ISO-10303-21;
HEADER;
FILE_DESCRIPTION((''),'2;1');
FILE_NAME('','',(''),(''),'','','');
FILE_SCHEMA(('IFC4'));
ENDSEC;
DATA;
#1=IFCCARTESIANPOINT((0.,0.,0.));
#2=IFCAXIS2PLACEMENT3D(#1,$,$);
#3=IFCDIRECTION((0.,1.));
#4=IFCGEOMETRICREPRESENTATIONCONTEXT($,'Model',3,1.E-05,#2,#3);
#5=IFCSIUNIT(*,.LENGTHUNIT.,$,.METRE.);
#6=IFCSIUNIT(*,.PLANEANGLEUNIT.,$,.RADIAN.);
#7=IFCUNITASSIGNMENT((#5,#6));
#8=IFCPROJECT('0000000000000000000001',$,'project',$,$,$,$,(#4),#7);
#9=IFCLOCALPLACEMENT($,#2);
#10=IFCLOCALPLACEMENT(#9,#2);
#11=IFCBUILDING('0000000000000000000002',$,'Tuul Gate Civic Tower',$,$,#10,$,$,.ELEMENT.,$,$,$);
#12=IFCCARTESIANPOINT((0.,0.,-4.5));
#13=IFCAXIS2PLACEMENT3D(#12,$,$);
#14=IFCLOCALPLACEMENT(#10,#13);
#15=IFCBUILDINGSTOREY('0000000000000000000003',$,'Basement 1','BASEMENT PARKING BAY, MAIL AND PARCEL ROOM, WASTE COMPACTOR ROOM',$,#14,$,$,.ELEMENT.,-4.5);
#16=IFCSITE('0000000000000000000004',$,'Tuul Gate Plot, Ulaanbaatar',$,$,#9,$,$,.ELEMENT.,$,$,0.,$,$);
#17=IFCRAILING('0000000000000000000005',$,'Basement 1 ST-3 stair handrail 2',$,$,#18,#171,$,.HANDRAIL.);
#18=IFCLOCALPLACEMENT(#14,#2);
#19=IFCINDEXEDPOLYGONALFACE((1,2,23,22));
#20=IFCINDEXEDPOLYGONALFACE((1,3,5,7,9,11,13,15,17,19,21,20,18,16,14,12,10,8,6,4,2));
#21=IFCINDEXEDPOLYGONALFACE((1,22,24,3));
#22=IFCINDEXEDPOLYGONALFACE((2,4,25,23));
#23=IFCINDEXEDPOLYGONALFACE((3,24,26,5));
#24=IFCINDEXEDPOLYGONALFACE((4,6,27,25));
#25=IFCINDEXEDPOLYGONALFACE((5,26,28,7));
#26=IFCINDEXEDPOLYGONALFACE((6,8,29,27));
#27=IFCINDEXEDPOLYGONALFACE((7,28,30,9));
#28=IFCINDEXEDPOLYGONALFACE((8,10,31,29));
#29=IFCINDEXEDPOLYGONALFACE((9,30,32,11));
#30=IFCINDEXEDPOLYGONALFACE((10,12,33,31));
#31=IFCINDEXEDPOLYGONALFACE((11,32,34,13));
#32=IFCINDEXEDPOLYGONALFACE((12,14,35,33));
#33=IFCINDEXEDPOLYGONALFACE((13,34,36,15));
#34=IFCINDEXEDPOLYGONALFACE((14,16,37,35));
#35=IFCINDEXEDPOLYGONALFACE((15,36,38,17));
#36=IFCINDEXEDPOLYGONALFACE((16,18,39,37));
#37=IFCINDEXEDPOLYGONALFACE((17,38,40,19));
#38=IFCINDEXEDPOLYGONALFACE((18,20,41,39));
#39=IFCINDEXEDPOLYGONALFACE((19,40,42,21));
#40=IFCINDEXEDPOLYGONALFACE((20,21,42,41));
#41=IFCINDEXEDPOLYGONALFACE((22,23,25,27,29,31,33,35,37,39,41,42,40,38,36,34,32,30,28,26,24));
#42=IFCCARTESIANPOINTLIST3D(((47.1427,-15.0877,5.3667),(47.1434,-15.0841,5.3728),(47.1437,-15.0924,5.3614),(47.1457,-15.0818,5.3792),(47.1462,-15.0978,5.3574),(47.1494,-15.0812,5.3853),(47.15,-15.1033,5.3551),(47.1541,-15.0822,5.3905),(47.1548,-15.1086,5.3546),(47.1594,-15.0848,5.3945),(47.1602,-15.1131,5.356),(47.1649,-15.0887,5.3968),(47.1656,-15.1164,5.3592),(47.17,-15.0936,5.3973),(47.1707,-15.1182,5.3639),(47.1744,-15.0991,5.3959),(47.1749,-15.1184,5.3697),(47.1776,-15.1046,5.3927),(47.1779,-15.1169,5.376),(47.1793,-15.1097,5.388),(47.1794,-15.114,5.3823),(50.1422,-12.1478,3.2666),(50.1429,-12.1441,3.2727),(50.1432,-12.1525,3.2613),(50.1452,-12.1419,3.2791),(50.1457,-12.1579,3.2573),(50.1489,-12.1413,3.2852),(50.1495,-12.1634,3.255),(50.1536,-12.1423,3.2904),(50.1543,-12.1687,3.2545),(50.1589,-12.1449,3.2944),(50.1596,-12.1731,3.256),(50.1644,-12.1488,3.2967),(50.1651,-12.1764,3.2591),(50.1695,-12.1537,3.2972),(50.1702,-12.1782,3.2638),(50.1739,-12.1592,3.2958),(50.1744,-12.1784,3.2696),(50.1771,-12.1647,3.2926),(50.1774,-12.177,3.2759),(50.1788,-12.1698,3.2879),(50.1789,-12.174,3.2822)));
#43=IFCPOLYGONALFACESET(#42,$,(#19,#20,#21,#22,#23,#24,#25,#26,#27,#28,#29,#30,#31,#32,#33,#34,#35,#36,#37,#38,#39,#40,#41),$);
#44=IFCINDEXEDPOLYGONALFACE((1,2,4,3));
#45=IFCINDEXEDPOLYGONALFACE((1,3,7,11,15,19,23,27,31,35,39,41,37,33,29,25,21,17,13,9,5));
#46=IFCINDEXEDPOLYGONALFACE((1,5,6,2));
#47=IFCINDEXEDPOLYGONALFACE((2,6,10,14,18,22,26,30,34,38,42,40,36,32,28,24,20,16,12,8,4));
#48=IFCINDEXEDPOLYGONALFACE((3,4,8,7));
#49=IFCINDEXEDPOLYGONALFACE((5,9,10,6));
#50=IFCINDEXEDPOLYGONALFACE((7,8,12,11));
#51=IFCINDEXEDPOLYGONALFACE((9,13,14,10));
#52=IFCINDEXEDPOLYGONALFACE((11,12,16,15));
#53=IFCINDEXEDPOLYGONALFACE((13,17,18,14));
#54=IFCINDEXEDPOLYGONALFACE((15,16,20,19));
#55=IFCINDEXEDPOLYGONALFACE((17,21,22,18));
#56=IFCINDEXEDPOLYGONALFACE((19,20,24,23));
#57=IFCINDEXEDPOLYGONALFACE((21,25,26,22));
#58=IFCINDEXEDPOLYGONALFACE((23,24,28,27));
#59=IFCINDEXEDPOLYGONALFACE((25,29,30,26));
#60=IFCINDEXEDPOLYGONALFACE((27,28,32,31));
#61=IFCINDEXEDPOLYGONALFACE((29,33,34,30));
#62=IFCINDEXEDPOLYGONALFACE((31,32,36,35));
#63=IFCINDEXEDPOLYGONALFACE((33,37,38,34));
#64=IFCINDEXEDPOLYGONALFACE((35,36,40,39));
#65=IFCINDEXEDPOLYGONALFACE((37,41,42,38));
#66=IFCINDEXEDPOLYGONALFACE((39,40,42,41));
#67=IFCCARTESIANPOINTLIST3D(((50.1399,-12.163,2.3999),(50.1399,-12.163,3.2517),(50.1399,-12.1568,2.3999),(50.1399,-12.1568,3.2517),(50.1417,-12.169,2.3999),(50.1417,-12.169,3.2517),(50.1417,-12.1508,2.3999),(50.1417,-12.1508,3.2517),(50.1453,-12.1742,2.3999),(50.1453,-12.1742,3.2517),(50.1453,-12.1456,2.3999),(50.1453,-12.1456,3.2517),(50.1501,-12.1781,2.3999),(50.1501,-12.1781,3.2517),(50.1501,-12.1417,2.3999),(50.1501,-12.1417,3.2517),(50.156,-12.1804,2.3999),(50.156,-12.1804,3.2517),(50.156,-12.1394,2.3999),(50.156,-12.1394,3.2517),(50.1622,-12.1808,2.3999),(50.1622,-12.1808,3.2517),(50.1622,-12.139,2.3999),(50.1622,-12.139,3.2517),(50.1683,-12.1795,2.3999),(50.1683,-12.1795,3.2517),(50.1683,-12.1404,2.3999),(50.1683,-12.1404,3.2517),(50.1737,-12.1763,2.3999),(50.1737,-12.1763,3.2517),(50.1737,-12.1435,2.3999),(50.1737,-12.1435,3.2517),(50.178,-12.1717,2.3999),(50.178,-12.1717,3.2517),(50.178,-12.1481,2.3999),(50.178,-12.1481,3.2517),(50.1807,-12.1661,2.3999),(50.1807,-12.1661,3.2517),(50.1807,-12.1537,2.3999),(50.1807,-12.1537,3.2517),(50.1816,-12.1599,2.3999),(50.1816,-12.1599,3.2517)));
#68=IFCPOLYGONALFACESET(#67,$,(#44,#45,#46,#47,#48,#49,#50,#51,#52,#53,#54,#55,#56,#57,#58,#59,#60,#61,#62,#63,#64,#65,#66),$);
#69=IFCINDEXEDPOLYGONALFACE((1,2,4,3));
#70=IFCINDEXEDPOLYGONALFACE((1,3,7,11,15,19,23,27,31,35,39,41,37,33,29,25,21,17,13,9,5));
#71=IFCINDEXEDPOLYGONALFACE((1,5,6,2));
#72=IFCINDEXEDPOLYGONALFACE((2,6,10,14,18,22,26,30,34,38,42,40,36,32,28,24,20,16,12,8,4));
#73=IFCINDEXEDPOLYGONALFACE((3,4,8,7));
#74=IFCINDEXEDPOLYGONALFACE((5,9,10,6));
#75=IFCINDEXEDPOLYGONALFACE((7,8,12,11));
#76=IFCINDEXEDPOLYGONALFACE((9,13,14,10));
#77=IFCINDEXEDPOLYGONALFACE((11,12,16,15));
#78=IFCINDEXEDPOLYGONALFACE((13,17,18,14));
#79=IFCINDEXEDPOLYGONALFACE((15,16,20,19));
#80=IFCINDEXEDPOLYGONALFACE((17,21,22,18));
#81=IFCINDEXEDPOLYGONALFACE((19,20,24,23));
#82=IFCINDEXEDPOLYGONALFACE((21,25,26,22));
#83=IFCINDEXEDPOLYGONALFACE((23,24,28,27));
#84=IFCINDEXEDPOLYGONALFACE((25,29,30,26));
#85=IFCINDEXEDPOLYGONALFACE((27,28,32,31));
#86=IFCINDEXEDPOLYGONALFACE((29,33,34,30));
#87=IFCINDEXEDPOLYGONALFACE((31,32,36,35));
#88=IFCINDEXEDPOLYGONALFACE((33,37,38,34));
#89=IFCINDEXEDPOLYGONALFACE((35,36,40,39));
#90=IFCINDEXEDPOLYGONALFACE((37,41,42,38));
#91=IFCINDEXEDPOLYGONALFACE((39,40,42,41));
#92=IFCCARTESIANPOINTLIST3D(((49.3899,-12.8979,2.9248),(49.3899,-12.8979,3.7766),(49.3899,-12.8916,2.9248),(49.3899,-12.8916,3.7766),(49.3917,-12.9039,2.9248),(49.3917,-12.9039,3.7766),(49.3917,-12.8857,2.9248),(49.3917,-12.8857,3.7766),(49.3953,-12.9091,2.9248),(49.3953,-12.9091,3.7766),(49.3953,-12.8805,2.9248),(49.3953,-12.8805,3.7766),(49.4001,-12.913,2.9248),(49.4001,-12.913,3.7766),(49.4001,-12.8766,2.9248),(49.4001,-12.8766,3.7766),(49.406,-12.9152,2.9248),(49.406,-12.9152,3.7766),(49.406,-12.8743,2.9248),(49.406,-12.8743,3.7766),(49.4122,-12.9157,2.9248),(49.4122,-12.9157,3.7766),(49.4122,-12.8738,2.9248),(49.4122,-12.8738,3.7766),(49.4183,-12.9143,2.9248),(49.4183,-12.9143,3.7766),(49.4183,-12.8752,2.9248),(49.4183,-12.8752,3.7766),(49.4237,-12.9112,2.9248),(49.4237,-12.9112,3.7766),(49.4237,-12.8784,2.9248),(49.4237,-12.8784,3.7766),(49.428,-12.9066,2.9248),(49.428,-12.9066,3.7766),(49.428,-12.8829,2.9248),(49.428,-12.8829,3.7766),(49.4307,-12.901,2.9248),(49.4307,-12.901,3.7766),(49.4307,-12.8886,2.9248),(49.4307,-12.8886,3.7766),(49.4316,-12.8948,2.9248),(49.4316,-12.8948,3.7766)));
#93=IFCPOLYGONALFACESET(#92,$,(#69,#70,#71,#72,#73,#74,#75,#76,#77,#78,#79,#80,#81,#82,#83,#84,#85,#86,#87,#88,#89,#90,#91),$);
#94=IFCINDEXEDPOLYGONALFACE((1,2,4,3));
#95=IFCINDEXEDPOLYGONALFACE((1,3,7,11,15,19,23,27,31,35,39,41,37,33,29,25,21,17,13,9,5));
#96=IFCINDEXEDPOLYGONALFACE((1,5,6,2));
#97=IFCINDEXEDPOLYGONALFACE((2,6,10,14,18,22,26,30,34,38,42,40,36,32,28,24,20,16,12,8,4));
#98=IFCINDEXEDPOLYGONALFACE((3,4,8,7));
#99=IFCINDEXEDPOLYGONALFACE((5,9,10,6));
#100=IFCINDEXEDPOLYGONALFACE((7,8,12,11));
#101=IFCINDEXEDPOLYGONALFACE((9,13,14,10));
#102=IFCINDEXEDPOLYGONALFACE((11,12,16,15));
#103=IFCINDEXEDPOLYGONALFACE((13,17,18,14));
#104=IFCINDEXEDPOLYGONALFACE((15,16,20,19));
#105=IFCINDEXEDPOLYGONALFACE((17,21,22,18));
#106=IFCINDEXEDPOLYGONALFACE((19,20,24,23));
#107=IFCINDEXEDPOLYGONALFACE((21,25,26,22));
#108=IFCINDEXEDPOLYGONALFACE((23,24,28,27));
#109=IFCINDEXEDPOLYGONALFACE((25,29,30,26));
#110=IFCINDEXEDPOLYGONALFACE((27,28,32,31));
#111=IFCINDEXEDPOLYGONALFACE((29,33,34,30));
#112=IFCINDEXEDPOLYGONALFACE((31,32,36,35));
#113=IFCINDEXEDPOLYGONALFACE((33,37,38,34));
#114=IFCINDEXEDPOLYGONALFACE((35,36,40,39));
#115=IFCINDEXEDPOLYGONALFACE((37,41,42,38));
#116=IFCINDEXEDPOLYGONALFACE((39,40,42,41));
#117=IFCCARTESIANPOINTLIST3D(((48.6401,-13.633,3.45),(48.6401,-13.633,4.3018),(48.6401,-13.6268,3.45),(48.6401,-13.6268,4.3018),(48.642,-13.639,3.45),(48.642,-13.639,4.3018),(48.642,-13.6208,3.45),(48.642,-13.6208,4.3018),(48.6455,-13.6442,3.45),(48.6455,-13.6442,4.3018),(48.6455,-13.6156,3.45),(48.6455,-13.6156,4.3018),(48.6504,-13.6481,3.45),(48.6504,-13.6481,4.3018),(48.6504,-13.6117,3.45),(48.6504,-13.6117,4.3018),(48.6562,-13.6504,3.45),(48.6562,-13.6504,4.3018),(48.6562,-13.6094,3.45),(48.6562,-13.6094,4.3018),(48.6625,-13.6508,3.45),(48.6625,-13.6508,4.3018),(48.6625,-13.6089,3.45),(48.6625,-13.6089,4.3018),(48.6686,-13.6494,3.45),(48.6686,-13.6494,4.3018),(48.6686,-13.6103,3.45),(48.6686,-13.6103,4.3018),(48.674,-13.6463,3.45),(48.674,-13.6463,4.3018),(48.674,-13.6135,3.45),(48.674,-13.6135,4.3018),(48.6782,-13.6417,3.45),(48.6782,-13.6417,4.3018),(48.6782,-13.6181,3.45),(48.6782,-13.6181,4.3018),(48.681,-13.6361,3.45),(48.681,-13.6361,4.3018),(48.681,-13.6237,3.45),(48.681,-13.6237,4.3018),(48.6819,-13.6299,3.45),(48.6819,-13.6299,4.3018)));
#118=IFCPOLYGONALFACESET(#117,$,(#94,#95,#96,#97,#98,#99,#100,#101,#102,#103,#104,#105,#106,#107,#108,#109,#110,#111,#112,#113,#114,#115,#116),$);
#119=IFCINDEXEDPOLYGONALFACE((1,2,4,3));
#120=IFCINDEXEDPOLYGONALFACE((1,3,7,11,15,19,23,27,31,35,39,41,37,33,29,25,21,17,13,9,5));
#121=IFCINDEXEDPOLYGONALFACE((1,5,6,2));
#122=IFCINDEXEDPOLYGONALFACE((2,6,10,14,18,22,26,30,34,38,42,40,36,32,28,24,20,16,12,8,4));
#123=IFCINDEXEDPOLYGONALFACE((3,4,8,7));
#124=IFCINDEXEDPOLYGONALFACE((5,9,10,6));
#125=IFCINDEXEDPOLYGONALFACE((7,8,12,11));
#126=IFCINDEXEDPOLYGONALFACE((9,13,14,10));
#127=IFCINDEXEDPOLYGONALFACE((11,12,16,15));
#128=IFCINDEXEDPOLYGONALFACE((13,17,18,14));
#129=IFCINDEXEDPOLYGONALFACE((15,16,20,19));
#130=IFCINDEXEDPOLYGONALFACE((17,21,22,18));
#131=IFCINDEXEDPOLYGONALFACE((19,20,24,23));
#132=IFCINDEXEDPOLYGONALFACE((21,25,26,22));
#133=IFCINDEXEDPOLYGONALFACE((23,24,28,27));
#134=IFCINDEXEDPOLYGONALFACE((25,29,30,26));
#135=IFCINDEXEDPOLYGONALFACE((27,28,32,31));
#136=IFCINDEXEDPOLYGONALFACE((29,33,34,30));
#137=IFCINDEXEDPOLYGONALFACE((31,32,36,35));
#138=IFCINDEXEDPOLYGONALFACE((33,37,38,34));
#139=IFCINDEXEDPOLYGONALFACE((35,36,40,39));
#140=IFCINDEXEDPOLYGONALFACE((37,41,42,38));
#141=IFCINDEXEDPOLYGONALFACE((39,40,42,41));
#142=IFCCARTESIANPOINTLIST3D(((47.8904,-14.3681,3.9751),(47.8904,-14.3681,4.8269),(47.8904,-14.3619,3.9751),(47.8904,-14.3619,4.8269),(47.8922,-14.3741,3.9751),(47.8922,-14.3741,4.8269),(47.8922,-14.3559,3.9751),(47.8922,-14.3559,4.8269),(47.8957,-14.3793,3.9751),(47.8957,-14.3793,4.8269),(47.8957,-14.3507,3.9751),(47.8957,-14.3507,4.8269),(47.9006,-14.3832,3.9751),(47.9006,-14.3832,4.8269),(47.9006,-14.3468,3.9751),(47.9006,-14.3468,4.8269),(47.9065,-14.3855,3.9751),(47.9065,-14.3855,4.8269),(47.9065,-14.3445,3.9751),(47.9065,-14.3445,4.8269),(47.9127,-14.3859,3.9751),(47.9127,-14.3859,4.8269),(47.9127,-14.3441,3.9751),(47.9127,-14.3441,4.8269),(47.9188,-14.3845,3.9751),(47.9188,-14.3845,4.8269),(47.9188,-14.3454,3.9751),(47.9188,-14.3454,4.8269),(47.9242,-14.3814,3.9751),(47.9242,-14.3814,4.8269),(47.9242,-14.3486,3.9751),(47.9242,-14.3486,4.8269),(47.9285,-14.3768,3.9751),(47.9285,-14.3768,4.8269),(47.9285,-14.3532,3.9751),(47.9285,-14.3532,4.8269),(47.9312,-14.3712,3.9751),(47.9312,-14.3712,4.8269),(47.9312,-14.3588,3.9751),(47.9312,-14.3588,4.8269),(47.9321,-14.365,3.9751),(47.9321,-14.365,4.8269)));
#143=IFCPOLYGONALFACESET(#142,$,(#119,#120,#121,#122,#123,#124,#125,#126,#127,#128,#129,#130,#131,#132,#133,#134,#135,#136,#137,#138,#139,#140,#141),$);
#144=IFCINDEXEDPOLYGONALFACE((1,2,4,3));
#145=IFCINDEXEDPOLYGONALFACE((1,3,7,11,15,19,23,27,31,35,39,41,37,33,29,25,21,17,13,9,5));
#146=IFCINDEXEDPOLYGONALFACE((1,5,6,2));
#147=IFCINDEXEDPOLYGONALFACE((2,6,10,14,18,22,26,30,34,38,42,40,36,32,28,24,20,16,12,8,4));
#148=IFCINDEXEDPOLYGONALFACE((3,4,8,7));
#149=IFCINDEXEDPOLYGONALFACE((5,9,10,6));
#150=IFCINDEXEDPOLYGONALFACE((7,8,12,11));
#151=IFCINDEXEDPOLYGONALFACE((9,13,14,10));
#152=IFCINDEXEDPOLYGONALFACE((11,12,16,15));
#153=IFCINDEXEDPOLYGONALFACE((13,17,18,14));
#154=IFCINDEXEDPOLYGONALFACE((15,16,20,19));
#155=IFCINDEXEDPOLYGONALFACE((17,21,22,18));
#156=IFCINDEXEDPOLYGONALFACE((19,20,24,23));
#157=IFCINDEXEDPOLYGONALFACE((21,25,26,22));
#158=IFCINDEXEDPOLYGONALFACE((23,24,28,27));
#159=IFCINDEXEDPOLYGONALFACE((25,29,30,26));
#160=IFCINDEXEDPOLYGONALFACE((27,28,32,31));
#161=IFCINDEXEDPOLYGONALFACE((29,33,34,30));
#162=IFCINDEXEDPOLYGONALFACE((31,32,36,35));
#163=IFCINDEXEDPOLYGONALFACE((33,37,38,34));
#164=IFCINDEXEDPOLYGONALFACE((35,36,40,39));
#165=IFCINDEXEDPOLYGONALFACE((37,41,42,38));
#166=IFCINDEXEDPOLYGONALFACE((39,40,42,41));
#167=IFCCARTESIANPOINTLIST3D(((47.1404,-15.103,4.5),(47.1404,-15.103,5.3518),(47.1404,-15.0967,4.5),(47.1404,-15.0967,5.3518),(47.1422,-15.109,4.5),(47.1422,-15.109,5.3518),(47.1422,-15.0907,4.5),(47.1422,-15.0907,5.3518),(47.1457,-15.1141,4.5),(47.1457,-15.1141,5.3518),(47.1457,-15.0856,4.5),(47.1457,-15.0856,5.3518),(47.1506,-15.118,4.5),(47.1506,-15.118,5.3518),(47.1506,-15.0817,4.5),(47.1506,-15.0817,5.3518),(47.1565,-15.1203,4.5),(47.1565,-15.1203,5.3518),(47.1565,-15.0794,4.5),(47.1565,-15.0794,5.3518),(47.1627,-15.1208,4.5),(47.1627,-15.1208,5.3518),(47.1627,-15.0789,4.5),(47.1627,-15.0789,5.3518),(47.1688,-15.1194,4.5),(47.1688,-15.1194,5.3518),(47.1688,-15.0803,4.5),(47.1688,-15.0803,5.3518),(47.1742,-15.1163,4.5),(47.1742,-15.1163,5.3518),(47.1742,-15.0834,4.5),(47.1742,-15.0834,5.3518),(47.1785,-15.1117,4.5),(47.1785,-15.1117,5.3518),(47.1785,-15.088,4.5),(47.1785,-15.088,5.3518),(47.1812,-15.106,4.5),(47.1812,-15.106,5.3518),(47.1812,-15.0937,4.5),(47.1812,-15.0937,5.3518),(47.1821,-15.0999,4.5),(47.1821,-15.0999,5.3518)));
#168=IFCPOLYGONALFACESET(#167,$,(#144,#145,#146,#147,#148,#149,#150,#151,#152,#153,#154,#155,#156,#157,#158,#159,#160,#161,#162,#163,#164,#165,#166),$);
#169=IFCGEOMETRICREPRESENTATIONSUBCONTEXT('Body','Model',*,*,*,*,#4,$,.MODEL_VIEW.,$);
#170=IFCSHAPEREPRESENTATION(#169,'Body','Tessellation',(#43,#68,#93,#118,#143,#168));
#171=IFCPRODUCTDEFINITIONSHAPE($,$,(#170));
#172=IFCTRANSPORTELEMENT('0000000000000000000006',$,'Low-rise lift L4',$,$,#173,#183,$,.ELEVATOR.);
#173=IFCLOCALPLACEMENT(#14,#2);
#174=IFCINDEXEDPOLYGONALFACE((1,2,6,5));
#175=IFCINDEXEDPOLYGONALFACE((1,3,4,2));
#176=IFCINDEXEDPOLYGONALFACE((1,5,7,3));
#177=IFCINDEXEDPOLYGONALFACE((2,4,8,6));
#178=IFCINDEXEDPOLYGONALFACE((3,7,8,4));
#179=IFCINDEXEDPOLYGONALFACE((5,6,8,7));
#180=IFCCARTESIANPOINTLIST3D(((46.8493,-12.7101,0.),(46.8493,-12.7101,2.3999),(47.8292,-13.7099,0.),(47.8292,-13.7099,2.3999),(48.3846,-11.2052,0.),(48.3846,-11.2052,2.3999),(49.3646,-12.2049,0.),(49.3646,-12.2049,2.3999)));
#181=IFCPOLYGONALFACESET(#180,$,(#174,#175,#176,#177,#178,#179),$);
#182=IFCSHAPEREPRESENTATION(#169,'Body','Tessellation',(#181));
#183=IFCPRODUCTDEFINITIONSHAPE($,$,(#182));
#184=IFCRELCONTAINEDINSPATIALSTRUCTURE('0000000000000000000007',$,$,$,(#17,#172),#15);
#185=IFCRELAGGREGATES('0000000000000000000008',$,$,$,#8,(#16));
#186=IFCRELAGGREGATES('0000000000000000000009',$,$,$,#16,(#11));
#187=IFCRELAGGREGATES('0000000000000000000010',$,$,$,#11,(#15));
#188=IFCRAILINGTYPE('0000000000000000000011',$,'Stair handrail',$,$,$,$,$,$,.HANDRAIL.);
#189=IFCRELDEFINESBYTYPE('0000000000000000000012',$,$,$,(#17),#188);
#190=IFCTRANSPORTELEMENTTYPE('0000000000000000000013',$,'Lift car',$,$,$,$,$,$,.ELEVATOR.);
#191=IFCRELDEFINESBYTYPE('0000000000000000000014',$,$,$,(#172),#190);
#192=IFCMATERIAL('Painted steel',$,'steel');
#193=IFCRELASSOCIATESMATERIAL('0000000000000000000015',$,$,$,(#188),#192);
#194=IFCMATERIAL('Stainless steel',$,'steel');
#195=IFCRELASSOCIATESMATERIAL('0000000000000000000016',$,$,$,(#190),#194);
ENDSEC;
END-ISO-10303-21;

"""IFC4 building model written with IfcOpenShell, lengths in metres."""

from ifc_helpers import new_model, si_unit, direction, frame, origin, origin_2d, place, context, subcontext, project, spatial, rectangle, circle, extrude, material, type_object, element, save


model = new_model("IFC4")

# Units and contexts
model_context = context("Model", 3, precision=1e-05, world=origin(), true_north=direction((0.0, 1.0)))
body_context = subcontext(model_context, "Body", "Model", "MODEL_VIEW")
ifc_project = project(units=[si_unit("LENGTHUNIT", "METRE"), si_unit("PLANEANGLEUNIT", "RADIAN")], contexts=[model_context])

# Site, building, storey
site_placement = place(None, origin())
site = spatial("IfcSite", under=ifc_project, at=site_placement, Name="Tuul Gate Plot, Ulaanbaatar", CompositionType="ELEMENT", RefElevation=0.0)
building_placement = place(site_placement, origin())
building = spatial("IfcBuilding", under=site, at=building_placement, Name="Tuul Gate Civic Tower", CompositionType="ELEMENT")
storey_placement = place(building_placement, frame((0.0, 0.0, -4.5)))
storey = spatial("IfcBuildingStorey", under=building, at=storey_placement, Name="Basement 1", Description="BASEMENT PARKING BAY, MAIL AND PARCEL ROOM, WASTE COMPACTOR ROOM", CompositionType="ELEMENT", Elevation=-4.5)

# Railing
ifc_material_1 = material(Name="Painted steel", Category="steel")
railing_type = type_object("IfcRailingType", Name="Stair handrail", PredefinedType="HANDRAIL", material=ifc_material_1)
railing_placement = place(storey_placement, frame((50.1606, -12.1599, 2.3999)))
element("IfcRailing", 1, at=railing_placement, inside=storey, type_object=railing_type, Name="Basement 1 ST-3 stair handrail 2", PredefinedType="HANDRAIL", context=body_context, shape_type="SweptSolid", body=[
    extrude(circle(Radius=0.0239, at=origin_2d()), frame((0.0, 0.0, 0.876), z_axis=(-0.638762, -0.626076, 0.447227), x_axis=(0.69998, -0.714163, 0.0)), (0.0, 0.0, 1.0), 4.6958),
    extrude(circle(Radius=0.021, at=origin_2d()), origin(), (0.0, 0.0, 1.0), 0.8518),
    extrude(circle(Radius=0.021, at=origin_2d()), frame((-0.75, -0.7349, 0.5249)), (0.0, 0.0, 1.0), 0.8518),
    extrude(circle(Radius=0.021, at=origin_2d()), frame((-1.4998, -1.47, 1.05)), (0.0, 0.0, 1.0), 0.8518),
    extrude(circle(Radius=0.021, at=origin_2d()), frame((-2.2495, -2.2051, 1.5752)), (0.0, 0.0, 1.0), 0.8518),
    extrude(circle(Radius=0.021, at=origin_2d()), frame((-2.9995, -2.9399, 2.1001)), (0.0, 0.0, 1.0), 0.8518),
])

# Transport element
ifc_material_2 = material(Name="Stainless steel", Category="steel")
transport_element_type = type_object("IfcTransportElementType", Name="Lift car", PredefinedType="ELEVATOR", material=ifc_material_2)
transport_element_placement = place(storey_placement, frame((48.1069, -12.4575, 0.0), z_axis=(0.0, 0.0, 1.0), x_axis=(-0.700009, 0.714134, 0.0)))
element("IfcTransportElement", 2, at=transport_element_placement, inside=storey, type_object=transport_element_type, Name="Low-rise lift L4", PredefinedType="ELEVATOR", context=body_context, shape_type="SweptSolid", body=[
    extrude(rectangle(XDim=1.3999, YDim=2.1499, at=origin_2d()), origin(), (0.0, 0.0, 1.0), 2.3999),
])

save(model, "model.ifc")
